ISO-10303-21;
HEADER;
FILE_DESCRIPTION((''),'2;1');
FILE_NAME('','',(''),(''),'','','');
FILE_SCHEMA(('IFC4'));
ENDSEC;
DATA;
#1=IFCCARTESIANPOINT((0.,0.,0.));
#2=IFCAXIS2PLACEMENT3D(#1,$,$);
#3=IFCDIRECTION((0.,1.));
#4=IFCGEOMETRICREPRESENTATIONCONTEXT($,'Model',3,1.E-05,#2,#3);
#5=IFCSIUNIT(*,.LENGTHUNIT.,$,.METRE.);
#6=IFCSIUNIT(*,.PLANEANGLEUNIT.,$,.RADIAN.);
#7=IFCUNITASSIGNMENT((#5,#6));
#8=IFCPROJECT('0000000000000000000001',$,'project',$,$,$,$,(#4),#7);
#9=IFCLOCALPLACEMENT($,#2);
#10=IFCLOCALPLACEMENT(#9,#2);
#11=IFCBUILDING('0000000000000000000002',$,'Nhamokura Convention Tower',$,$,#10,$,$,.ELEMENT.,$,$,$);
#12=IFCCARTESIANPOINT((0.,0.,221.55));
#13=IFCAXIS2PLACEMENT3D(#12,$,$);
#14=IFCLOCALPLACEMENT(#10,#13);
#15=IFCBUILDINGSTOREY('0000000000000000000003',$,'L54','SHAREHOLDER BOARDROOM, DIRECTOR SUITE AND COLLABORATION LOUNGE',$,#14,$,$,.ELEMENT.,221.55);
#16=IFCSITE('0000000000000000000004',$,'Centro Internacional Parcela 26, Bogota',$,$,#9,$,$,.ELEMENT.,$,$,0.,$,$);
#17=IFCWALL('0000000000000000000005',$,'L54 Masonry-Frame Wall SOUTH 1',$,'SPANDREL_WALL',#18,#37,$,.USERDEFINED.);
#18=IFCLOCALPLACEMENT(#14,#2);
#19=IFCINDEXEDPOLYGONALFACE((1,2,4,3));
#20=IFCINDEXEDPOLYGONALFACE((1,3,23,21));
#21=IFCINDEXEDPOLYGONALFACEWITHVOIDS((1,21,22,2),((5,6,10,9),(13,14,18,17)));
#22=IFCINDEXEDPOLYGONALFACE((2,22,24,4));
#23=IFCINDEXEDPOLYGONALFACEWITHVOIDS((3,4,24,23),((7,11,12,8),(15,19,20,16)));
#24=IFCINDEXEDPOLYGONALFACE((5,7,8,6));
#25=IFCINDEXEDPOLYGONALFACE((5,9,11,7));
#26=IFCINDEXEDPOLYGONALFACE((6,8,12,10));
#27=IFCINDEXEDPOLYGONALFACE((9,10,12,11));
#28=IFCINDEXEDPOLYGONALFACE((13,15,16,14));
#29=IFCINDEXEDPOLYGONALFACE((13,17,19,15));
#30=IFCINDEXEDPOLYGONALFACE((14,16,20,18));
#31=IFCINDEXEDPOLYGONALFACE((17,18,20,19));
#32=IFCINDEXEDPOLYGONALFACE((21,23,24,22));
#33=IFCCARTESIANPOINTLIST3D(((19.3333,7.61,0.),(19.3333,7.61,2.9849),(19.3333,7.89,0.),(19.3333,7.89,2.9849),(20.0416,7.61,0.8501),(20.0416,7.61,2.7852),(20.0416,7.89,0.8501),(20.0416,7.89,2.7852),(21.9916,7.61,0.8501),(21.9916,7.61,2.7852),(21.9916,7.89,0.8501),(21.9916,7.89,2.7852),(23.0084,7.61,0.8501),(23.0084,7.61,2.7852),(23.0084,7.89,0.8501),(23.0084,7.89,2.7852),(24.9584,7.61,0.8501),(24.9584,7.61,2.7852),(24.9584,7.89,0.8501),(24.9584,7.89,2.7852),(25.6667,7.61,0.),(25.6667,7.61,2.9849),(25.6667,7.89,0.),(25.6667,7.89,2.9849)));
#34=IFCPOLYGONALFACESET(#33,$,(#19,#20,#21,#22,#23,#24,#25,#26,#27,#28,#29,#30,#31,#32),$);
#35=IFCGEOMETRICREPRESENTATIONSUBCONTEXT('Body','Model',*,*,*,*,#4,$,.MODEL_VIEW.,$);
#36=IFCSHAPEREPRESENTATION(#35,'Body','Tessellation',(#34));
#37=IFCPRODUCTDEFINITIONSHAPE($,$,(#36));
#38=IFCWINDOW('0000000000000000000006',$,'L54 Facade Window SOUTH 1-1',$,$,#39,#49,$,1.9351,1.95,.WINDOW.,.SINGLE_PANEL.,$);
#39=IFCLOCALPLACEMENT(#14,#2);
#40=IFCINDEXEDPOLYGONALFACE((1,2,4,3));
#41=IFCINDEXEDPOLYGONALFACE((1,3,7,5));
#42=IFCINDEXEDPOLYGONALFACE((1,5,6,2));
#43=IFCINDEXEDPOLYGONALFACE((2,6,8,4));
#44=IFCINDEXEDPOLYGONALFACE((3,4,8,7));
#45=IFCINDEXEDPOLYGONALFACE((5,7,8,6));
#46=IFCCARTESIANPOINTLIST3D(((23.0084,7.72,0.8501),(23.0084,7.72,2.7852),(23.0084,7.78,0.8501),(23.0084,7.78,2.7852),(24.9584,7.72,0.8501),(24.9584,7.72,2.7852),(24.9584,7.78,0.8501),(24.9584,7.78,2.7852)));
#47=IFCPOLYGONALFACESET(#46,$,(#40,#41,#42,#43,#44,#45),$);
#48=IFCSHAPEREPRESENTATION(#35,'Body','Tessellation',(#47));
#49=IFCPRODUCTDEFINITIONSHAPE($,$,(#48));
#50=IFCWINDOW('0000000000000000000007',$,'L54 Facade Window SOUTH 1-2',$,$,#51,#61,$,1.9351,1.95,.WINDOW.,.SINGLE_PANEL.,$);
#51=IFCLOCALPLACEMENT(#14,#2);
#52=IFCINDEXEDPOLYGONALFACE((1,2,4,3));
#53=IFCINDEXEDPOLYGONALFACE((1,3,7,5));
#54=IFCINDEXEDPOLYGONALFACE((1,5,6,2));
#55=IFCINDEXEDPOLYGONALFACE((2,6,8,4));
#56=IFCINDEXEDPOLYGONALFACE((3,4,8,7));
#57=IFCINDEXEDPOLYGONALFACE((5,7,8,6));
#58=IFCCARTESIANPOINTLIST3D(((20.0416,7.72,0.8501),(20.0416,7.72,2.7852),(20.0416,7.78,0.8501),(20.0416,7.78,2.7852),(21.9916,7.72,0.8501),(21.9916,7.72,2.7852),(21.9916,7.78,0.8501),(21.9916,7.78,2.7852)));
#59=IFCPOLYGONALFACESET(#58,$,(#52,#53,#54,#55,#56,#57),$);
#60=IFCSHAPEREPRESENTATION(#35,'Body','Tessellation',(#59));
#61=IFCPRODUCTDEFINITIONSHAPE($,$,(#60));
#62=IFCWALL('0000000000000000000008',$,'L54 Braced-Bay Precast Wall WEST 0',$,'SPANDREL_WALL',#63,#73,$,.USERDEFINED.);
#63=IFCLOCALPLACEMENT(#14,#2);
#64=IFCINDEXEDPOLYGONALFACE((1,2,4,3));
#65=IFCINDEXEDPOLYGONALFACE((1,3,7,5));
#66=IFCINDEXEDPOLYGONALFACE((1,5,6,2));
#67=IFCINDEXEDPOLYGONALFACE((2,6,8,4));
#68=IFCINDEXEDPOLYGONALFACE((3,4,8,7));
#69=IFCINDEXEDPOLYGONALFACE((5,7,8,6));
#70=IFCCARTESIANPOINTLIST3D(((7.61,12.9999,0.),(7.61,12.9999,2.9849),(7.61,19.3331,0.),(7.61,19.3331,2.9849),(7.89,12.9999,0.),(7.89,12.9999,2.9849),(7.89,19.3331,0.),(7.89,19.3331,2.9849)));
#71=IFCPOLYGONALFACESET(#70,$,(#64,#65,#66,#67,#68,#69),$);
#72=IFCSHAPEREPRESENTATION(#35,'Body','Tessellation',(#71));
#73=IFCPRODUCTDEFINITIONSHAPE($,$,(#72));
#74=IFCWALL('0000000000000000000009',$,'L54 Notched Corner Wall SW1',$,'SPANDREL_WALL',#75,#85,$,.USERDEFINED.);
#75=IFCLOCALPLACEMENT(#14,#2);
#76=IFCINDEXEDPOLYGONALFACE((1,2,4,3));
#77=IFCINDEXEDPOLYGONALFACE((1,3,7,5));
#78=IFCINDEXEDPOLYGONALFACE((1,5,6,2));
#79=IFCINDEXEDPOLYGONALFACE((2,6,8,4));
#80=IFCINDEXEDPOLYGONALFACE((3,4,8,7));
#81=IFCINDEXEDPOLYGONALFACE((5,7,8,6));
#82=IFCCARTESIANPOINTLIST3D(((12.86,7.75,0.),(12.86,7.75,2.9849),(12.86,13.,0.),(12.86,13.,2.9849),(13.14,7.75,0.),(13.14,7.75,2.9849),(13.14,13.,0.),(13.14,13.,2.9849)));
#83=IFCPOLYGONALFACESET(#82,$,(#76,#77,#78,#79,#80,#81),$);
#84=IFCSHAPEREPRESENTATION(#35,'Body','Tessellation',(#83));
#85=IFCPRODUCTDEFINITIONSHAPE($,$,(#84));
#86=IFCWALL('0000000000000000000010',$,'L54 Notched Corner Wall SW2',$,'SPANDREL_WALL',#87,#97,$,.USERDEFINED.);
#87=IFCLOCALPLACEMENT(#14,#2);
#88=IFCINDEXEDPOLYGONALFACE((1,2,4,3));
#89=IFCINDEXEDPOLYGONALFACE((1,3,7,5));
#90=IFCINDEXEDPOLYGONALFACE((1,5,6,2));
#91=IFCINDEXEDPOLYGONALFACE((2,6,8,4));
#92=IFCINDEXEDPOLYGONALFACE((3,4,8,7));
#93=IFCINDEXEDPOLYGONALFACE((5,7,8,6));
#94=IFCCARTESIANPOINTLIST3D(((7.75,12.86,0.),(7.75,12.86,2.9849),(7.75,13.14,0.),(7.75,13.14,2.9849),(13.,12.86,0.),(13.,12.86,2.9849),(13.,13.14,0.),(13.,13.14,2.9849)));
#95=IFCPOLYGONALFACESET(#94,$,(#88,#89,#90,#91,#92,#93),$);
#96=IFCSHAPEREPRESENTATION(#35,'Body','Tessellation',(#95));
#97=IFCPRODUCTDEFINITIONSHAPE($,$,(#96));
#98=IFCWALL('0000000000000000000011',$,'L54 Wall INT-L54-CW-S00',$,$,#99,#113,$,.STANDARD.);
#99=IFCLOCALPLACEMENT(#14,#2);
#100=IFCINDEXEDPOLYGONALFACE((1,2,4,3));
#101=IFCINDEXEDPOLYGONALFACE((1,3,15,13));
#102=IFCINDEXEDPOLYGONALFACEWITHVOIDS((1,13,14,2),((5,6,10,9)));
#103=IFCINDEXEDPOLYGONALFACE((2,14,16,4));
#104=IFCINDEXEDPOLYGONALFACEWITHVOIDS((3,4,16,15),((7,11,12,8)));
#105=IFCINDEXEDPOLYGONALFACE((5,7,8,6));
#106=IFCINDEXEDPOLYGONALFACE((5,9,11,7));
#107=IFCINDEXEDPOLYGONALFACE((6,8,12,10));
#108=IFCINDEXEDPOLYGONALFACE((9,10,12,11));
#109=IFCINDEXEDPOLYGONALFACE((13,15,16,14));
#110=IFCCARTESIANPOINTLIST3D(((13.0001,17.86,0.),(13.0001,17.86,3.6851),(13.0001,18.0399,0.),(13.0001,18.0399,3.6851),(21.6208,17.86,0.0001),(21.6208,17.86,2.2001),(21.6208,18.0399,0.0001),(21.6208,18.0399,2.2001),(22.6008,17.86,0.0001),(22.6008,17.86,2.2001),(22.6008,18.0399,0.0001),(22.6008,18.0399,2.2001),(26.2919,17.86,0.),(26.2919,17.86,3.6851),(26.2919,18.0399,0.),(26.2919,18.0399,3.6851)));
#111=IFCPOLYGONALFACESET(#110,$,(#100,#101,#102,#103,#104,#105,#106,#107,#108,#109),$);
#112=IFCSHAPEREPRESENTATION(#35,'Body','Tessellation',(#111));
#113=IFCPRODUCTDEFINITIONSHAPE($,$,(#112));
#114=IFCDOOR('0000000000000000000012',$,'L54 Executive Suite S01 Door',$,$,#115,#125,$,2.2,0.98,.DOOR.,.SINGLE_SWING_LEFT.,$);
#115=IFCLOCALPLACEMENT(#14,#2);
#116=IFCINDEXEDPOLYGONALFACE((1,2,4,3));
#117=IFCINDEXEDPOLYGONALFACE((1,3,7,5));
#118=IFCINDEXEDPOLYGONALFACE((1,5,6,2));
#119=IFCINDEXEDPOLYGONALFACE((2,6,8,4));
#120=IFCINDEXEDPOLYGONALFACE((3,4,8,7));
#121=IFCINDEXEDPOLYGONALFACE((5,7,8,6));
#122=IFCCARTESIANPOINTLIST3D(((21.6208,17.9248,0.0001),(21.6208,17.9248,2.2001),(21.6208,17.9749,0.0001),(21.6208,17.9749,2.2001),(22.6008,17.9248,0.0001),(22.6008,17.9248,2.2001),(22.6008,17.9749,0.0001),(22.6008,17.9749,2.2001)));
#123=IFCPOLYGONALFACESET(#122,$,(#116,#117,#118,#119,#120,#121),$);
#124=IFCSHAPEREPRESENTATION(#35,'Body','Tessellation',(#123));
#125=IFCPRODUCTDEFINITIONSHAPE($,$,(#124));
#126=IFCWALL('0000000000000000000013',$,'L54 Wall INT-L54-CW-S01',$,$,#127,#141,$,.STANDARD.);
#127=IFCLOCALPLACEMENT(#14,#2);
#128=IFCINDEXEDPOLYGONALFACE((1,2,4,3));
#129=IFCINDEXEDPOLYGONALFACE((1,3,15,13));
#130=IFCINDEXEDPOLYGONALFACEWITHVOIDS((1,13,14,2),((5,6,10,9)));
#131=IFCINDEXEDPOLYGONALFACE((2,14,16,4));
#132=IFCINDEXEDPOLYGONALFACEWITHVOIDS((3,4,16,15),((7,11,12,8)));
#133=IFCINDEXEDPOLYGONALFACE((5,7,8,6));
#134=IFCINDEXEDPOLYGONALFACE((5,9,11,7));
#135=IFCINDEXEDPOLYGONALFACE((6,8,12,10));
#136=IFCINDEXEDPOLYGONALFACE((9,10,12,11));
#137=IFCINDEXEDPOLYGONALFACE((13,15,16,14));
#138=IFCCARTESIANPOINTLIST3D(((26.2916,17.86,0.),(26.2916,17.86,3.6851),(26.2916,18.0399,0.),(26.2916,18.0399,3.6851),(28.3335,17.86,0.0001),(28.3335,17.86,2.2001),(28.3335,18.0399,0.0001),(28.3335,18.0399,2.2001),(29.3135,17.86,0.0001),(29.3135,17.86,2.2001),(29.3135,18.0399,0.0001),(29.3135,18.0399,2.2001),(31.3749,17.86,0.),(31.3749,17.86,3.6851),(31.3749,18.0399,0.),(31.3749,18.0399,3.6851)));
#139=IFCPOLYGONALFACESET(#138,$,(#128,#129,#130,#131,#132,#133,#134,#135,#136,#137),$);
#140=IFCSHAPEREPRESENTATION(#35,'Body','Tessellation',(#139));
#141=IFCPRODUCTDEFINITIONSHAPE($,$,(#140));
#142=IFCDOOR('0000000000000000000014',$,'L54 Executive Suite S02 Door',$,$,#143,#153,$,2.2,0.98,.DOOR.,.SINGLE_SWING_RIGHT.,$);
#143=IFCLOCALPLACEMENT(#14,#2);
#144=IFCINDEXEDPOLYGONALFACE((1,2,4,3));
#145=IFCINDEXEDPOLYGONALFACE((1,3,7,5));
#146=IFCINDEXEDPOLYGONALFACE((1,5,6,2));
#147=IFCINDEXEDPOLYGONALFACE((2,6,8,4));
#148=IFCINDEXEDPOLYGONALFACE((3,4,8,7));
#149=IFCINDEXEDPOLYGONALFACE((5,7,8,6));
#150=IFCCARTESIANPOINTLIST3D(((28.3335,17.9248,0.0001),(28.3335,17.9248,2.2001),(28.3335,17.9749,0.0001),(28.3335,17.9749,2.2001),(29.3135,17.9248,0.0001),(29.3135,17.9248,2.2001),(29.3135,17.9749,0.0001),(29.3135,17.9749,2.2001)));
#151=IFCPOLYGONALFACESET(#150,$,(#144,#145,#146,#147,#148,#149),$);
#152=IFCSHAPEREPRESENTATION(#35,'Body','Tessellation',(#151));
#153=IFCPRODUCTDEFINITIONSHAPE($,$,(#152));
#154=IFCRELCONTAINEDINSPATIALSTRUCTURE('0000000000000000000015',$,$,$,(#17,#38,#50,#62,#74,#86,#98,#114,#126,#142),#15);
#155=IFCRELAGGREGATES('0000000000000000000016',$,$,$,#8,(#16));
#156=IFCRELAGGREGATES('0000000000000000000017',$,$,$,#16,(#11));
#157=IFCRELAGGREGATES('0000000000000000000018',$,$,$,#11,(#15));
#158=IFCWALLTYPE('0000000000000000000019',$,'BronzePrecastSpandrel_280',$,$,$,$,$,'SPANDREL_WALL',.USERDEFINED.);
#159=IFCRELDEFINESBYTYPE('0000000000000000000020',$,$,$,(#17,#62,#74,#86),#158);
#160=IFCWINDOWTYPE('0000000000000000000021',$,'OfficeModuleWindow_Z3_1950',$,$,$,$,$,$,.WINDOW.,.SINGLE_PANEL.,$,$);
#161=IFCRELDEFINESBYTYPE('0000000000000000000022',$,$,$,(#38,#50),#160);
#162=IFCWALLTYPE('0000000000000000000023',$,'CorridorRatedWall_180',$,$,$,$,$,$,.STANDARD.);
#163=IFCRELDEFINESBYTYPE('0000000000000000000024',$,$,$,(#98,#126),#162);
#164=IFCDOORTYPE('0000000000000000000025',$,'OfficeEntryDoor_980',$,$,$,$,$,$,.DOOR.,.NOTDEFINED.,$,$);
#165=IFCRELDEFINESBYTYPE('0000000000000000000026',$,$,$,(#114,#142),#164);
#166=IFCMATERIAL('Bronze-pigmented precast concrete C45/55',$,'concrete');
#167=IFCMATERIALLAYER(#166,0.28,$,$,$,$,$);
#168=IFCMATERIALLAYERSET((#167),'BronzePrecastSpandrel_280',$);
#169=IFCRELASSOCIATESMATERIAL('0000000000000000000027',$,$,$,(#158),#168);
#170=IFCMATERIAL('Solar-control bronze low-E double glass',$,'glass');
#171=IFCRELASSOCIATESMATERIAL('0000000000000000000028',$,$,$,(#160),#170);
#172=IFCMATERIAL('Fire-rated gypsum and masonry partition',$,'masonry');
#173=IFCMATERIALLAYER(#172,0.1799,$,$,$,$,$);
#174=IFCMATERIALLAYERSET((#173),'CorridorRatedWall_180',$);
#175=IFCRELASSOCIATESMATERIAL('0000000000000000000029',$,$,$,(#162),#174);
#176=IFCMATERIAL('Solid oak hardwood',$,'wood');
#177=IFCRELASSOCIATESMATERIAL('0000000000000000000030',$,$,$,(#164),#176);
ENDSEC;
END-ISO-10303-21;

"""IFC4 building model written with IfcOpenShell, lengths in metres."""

from ifc_helpers import new_model, si_unit, direction, frame, frame_2d, origin, place, context, subcontext, project, spatial, rectangle, extrude, material, layer, layer_set, type_object, element, fill, save


model = new_model("IFC4")

# Units and contexts
model_context = context("Model", 3, precision=1e-05, world=origin(), true_north=direction((0.0, 1.0)))
body_context = subcontext(model_context, "Body", "Model", "MODEL_VIEW")
ifc_project = project(units=[si_unit("LENGTHUNIT", "METRE"), si_unit("PLANEANGLEUNIT", "RADIAN")], contexts=[model_context])

# Site, building, storey
site_placement = place(None, origin())
site = spatial("IfcSite", under=ifc_project, at=site_placement, Name="Centro Internacional Parcela 26, Bogota", CompositionType="ELEMENT", RefElevation=0.0)
building_placement = place(site_placement, origin())
building = spatial("IfcBuilding", under=site, at=building_placement, Name="Nhamokura Convention Tower", CompositionType="ELEMENT")
storey_placement = place(building_placement, frame((0.0, 0.0, 221.55)))
storey = spatial("IfcBuildingStorey", under=building, at=storey_placement, Name="L54", Description="SHAREHOLDER BOARDROOM, DIRECTOR SUITE AND COLLABORATION LOUNGE", CompositionType="ELEMENT", Elevation=221.55)

# Shared definitions
ifc_material_1 = material(Name="Bronze-pigmented precast concrete C45/55", Category="concrete")
ifc_layer_1 = layer(ifc_material_1, 0.28)
ifc_layer_set_1 = layer_set([ifc_layer_1], Name="BronzePrecastSpandrel_280")
wall_type_1 = type_object("IfcWallType", Name="BronzePrecastSpandrel_280", ElementType="SPANDREL_WALL", PredefinedType="USERDEFINED", material=ifc_layer_set_1)

# Wall, openings, windows
wall_1_placement = place(storey_placement, frame((25.6667, 7.75, 0.0), z_axis=(0.0, 0.0, 1.0), x_axis=(-1.0, 0.0, 0.0)))
wall_1 = element("IfcWall", 1, at=wall_1_placement, inside=storey, type_object=wall_type_1, Name="L54 Masonry-Frame Wall SOUTH 1", ObjectType="SPANDREL_WALL", PredefinedType="USERDEFINED", context=body_context, shape_type="SweptSolid", body=[
    extrude(rectangle(XDim=6.3335, YDim=0.28, at=frame_2d((3.1667, 0.0))), origin(), (0.0, 0.0, 1.0), 2.9849),
])
opening_1_placement = place(wall_1_placement, frame((0.7083, 0.0, 0.8501)))
opening_1 = element("IfcOpeningElement", 2, at=opening_1_placement, cuts=wall_1, PredefinedType="OPENING", context=body_context, shape_type="SweptSolid", body=[
    extrude(rectangle(XDim=1.95, YDim=1.9351, at=frame_2d((0.9751, 0.9675))), frame((0.0, 0.1499, 0.0), z_axis=(0.0, -1.0, 0.0), x_axis=(1.0, 0.0, 0.0)), (0.0, 0.0, 1.0), 0.3),
])
opening_2_placement = place(wall_1_placement, frame((3.675, 0.0, 0.8501)))
opening_2 = element("IfcOpeningElement", 3, at=opening_2_placement, cuts=wall_1, PredefinedType="OPENING", context=body_context, shape_type="SweptSolid", body=[
    extrude(rectangle(XDim=1.95, YDim=1.9351, at=frame_2d((0.9751, 0.9675))), frame((0.0, 0.1499, 0.0), z_axis=(0.0, -1.0, 0.0), x_axis=(1.0, 0.0, 0.0)), (0.0, 0.0, 1.0), 0.3),
])
ifc_material_2 = material(Name="Solar-control bronze low-E double glass", Category="glass")
window_type = type_object("IfcWindowType", Name="OfficeModuleWindow_Z3_1950", PartitioningType="SINGLE_PANEL", PredefinedType="WINDOW", material=ifc_material_2)
window_1_placement = place(opening_1_placement, origin())
window_1 = element("IfcWindow", 4, at=window_1_placement, inside=storey, type_object=window_type, Name="L54 Facade Window SOUTH 1-1", OverallHeight=1.9351, OverallWidth=1.95, PartitioningType="SINGLE_PANEL", PredefinedType="WINDOW", context=body_context, shape_type="SweptSolid", body=[
    extrude(rectangle(XDim=1.95, YDim=1.9351, at=frame_2d((0.9751, 0.9675))), frame((0.0, 0.03, 0.0), z_axis=(0.0, -1.0, 0.0), x_axis=(1.0, 0.0, 0.0)), (0.0, 0.0, 1.0), 0.0601),
])
fill(opening_1, window_1)
window_2_placement = place(opening_2_placement, origin())
window_2 = element("IfcWindow", 5, at=window_2_placement, inside=storey, type_object=window_type, Name="L54 Facade Window SOUTH 1-2", OverallHeight=1.9351, OverallWidth=1.95, PartitioningType="SINGLE_PANEL", PredefinedType="WINDOW", context=body_context, shape_type="SweptSolid", body=[
    extrude(rectangle(XDim=1.95, YDim=1.9351, at=frame_2d((0.9751, 0.9675))), frame((0.0, 0.03, 0.0), z_axis=(0.0, -1.0, 0.0), x_axis=(1.0, 0.0, 0.0)), (0.0, 0.0, 1.0), 0.0601),
])
fill(opening_2, window_2)

# Walls
wall_2_placement = place(storey_placement, frame((7.75, 13.0, 0.0), z_axis=(0.0, 0.0, 1.0), x_axis=(0.0, 1.0, 0.0)))
element("IfcWall", 6, at=wall_2_placement, inside=storey, type_object=wall_type_1, Name="L54 Braced-Bay Precast Wall WEST 0", ObjectType="SPANDREL_WALL", PredefinedType="USERDEFINED", context=body_context, shape_type="SweptSolid", body=[
    extrude(rectangle(XDim=6.3333, YDim=0.28, at=frame_2d((3.1665, 0.0))), origin(), (0.0, 0.0, 1.0), 2.9849),
])
for number, where, z_axis, x_axis, name in (
    (7, (13.0, 7.75, 0.0), (0.0, 0.0, 1.0), (0.0, 1.0, 0.0), "L54 Notched Corner Wall SW1"),
    (8, (13.0, 13.0, 0.0), (0.0, 0.0, 1.0), (-1.0, 0.0, 0.0), "L54 Notched Corner Wall SW2"),
):
    element("IfcWall", number, at=place(storey_placement, frame(where, z_axis=z_axis, x_axis=x_axis)), inside=storey, type_object=wall_type_1, Name=name, ObjectType="SPANDREL_WALL", PredefinedType="USERDEFINED", context=body_context, shape_type="SweptSolid", body=[
        extrude(rectangle(XDim=5.25, YDim=0.28, at=frame_2d((2.625, 0.0))), origin(), (0.0, 0.0, 1.0), 2.9849),
    ])

# Walls, openings, doors
ifc_material_3 = material(Name="Fire-rated gypsum and masonry partition", Category="masonry")
ifc_layer_2 = layer(ifc_material_3, 0.1799)
ifc_layer_set_2 = layer_set([ifc_layer_2], Name="CorridorRatedWall_180")
wall_type_2 = type_object("IfcWallType", Name="CorridorRatedWall_180", PredefinedType="STANDARD", material=ifc_layer_set_2)
wall_3_placement = place(storey_placement, frame((13.0, 17.95, 0.0), z_axis=(0.0, 0.0, 1.0), x_axis=(1.0, 0.0, 0.0)))
wall_3 = element("IfcWall", 9, at=wall_3_placement, inside=storey, type_object=wall_type_2, Name="L54 Wall INT-L54-CW-S00", PredefinedType="STANDARD", context=body_context, shape_type="SweptSolid", body=[
    extrude(rectangle(XDim=13.2917, YDim=0.1799, at=frame_2d((6.646, 0.0))), origin(), (0.0, 0.0, 1.0), 3.6851),
])
opening_3_placement = place(wall_3_placement, frame((8.6208, 0.0, 0.0)))
opening_3 = element("IfcOpeningElement", 10, at=opening_3_placement, cuts=wall_3, PredefinedType="OPENING", context=body_context, shape_type="SweptSolid", body=[
    extrude(rectangle(XDim=0.98, YDim=2.2, at=frame_2d((0.49, 1.1001))), frame((0.0, 0.0999, 0.0), z_axis=(0.0, -1.0, 0.0), x_axis=(1.0, 0.0, 0.0)), (0.0, 0.0, 1.0), 0.2),
])
ifc_material_4 = material(Name="Solid oak hardwood", Category="wood")
door_type = type_object("IfcDoorType", Name="OfficeEntryDoor_980", OperationType="NOTDEFINED", PredefinedType="DOOR", material=ifc_material_4)
door_1_placement = place(opening_3_placement, origin())
door_1 = element("IfcDoor", 11, at=door_1_placement, inside=storey, type_object=door_type, Name="L54 Executive Suite S01 Door", OperationType="SINGLE_SWING_LEFT", OverallHeight=2.2, OverallWidth=0.98, PredefinedType="DOOR", context=body_context, shape_type="SweptSolid", body=[
    extrude(rectangle(XDim=0.98, YDim=2.2, at=frame_2d((0.49, 1.1001))), frame((0.0, 0.0249, 0.0), z_axis=(0.0, -1.0, 0.0), x_axis=(1.0, 0.0, 0.0)), (0.0, 0.0, 1.0), 0.05),
])
fill(opening_3, door_1)
wall_4_placement = place(storey_placement, frame((26.2917, 17.95, 0.0), z_axis=(0.0, 0.0, 1.0), x_axis=(1.0, 0.0, 0.0)))
wall_4 = element("IfcWall", 12, at=wall_4_placement, inside=storey, type_object=wall_type_2, Name="L54 Wall INT-L54-CW-S01", PredefinedType="STANDARD", context=body_context, shape_type="SweptSolid", body=[
    extrude(rectangle(XDim=5.0833, YDim=0.1799, at=frame_2d((2.5415, 0.0))), origin(), (0.0, 0.0, 1.0), 3.6851),
])
opening_4_placement = place(wall_4_placement, frame((2.0417, 0.0, 0.0)))
opening_4 = element("IfcOpeningElement", 13, at=opening_4_placement, cuts=wall_4, PredefinedType="OPENING", context=body_context, shape_type="SweptSolid", body=[
    extrude(rectangle(XDim=0.98, YDim=2.2, at=frame_2d((0.49, 1.1001))), frame((0.0, 0.0999, 0.0), z_axis=(0.0, -1.0, 0.0), x_axis=(1.0, 0.0, 0.0)), (0.0, 0.0, 1.0), 0.2),
])
door_2_placement = place(opening_4_placement, origin())
door_2 = element("IfcDoor", 14, at=door_2_placement, inside=storey, type_object=door_type, Name="L54 Executive Suite S02 Door", OperationType="SINGLE_SWING_RIGHT", OverallHeight=2.2, OverallWidth=0.98, PredefinedType="DOOR", context=body_context, shape_type="SweptSolid", body=[
    extrude(rectangle(XDim=0.98, YDim=2.2, at=frame_2d((0.49, 1.1001))), frame((0.0, 0.0249, 0.0), z_axis=(0.0, -1.0, 0.0), x_axis=(1.0, 0.0, 0.0)), (0.0, 0.0, 1.0), 0.05),
])
fill(opening_4, door_2)

save(model, "model.ifc")
